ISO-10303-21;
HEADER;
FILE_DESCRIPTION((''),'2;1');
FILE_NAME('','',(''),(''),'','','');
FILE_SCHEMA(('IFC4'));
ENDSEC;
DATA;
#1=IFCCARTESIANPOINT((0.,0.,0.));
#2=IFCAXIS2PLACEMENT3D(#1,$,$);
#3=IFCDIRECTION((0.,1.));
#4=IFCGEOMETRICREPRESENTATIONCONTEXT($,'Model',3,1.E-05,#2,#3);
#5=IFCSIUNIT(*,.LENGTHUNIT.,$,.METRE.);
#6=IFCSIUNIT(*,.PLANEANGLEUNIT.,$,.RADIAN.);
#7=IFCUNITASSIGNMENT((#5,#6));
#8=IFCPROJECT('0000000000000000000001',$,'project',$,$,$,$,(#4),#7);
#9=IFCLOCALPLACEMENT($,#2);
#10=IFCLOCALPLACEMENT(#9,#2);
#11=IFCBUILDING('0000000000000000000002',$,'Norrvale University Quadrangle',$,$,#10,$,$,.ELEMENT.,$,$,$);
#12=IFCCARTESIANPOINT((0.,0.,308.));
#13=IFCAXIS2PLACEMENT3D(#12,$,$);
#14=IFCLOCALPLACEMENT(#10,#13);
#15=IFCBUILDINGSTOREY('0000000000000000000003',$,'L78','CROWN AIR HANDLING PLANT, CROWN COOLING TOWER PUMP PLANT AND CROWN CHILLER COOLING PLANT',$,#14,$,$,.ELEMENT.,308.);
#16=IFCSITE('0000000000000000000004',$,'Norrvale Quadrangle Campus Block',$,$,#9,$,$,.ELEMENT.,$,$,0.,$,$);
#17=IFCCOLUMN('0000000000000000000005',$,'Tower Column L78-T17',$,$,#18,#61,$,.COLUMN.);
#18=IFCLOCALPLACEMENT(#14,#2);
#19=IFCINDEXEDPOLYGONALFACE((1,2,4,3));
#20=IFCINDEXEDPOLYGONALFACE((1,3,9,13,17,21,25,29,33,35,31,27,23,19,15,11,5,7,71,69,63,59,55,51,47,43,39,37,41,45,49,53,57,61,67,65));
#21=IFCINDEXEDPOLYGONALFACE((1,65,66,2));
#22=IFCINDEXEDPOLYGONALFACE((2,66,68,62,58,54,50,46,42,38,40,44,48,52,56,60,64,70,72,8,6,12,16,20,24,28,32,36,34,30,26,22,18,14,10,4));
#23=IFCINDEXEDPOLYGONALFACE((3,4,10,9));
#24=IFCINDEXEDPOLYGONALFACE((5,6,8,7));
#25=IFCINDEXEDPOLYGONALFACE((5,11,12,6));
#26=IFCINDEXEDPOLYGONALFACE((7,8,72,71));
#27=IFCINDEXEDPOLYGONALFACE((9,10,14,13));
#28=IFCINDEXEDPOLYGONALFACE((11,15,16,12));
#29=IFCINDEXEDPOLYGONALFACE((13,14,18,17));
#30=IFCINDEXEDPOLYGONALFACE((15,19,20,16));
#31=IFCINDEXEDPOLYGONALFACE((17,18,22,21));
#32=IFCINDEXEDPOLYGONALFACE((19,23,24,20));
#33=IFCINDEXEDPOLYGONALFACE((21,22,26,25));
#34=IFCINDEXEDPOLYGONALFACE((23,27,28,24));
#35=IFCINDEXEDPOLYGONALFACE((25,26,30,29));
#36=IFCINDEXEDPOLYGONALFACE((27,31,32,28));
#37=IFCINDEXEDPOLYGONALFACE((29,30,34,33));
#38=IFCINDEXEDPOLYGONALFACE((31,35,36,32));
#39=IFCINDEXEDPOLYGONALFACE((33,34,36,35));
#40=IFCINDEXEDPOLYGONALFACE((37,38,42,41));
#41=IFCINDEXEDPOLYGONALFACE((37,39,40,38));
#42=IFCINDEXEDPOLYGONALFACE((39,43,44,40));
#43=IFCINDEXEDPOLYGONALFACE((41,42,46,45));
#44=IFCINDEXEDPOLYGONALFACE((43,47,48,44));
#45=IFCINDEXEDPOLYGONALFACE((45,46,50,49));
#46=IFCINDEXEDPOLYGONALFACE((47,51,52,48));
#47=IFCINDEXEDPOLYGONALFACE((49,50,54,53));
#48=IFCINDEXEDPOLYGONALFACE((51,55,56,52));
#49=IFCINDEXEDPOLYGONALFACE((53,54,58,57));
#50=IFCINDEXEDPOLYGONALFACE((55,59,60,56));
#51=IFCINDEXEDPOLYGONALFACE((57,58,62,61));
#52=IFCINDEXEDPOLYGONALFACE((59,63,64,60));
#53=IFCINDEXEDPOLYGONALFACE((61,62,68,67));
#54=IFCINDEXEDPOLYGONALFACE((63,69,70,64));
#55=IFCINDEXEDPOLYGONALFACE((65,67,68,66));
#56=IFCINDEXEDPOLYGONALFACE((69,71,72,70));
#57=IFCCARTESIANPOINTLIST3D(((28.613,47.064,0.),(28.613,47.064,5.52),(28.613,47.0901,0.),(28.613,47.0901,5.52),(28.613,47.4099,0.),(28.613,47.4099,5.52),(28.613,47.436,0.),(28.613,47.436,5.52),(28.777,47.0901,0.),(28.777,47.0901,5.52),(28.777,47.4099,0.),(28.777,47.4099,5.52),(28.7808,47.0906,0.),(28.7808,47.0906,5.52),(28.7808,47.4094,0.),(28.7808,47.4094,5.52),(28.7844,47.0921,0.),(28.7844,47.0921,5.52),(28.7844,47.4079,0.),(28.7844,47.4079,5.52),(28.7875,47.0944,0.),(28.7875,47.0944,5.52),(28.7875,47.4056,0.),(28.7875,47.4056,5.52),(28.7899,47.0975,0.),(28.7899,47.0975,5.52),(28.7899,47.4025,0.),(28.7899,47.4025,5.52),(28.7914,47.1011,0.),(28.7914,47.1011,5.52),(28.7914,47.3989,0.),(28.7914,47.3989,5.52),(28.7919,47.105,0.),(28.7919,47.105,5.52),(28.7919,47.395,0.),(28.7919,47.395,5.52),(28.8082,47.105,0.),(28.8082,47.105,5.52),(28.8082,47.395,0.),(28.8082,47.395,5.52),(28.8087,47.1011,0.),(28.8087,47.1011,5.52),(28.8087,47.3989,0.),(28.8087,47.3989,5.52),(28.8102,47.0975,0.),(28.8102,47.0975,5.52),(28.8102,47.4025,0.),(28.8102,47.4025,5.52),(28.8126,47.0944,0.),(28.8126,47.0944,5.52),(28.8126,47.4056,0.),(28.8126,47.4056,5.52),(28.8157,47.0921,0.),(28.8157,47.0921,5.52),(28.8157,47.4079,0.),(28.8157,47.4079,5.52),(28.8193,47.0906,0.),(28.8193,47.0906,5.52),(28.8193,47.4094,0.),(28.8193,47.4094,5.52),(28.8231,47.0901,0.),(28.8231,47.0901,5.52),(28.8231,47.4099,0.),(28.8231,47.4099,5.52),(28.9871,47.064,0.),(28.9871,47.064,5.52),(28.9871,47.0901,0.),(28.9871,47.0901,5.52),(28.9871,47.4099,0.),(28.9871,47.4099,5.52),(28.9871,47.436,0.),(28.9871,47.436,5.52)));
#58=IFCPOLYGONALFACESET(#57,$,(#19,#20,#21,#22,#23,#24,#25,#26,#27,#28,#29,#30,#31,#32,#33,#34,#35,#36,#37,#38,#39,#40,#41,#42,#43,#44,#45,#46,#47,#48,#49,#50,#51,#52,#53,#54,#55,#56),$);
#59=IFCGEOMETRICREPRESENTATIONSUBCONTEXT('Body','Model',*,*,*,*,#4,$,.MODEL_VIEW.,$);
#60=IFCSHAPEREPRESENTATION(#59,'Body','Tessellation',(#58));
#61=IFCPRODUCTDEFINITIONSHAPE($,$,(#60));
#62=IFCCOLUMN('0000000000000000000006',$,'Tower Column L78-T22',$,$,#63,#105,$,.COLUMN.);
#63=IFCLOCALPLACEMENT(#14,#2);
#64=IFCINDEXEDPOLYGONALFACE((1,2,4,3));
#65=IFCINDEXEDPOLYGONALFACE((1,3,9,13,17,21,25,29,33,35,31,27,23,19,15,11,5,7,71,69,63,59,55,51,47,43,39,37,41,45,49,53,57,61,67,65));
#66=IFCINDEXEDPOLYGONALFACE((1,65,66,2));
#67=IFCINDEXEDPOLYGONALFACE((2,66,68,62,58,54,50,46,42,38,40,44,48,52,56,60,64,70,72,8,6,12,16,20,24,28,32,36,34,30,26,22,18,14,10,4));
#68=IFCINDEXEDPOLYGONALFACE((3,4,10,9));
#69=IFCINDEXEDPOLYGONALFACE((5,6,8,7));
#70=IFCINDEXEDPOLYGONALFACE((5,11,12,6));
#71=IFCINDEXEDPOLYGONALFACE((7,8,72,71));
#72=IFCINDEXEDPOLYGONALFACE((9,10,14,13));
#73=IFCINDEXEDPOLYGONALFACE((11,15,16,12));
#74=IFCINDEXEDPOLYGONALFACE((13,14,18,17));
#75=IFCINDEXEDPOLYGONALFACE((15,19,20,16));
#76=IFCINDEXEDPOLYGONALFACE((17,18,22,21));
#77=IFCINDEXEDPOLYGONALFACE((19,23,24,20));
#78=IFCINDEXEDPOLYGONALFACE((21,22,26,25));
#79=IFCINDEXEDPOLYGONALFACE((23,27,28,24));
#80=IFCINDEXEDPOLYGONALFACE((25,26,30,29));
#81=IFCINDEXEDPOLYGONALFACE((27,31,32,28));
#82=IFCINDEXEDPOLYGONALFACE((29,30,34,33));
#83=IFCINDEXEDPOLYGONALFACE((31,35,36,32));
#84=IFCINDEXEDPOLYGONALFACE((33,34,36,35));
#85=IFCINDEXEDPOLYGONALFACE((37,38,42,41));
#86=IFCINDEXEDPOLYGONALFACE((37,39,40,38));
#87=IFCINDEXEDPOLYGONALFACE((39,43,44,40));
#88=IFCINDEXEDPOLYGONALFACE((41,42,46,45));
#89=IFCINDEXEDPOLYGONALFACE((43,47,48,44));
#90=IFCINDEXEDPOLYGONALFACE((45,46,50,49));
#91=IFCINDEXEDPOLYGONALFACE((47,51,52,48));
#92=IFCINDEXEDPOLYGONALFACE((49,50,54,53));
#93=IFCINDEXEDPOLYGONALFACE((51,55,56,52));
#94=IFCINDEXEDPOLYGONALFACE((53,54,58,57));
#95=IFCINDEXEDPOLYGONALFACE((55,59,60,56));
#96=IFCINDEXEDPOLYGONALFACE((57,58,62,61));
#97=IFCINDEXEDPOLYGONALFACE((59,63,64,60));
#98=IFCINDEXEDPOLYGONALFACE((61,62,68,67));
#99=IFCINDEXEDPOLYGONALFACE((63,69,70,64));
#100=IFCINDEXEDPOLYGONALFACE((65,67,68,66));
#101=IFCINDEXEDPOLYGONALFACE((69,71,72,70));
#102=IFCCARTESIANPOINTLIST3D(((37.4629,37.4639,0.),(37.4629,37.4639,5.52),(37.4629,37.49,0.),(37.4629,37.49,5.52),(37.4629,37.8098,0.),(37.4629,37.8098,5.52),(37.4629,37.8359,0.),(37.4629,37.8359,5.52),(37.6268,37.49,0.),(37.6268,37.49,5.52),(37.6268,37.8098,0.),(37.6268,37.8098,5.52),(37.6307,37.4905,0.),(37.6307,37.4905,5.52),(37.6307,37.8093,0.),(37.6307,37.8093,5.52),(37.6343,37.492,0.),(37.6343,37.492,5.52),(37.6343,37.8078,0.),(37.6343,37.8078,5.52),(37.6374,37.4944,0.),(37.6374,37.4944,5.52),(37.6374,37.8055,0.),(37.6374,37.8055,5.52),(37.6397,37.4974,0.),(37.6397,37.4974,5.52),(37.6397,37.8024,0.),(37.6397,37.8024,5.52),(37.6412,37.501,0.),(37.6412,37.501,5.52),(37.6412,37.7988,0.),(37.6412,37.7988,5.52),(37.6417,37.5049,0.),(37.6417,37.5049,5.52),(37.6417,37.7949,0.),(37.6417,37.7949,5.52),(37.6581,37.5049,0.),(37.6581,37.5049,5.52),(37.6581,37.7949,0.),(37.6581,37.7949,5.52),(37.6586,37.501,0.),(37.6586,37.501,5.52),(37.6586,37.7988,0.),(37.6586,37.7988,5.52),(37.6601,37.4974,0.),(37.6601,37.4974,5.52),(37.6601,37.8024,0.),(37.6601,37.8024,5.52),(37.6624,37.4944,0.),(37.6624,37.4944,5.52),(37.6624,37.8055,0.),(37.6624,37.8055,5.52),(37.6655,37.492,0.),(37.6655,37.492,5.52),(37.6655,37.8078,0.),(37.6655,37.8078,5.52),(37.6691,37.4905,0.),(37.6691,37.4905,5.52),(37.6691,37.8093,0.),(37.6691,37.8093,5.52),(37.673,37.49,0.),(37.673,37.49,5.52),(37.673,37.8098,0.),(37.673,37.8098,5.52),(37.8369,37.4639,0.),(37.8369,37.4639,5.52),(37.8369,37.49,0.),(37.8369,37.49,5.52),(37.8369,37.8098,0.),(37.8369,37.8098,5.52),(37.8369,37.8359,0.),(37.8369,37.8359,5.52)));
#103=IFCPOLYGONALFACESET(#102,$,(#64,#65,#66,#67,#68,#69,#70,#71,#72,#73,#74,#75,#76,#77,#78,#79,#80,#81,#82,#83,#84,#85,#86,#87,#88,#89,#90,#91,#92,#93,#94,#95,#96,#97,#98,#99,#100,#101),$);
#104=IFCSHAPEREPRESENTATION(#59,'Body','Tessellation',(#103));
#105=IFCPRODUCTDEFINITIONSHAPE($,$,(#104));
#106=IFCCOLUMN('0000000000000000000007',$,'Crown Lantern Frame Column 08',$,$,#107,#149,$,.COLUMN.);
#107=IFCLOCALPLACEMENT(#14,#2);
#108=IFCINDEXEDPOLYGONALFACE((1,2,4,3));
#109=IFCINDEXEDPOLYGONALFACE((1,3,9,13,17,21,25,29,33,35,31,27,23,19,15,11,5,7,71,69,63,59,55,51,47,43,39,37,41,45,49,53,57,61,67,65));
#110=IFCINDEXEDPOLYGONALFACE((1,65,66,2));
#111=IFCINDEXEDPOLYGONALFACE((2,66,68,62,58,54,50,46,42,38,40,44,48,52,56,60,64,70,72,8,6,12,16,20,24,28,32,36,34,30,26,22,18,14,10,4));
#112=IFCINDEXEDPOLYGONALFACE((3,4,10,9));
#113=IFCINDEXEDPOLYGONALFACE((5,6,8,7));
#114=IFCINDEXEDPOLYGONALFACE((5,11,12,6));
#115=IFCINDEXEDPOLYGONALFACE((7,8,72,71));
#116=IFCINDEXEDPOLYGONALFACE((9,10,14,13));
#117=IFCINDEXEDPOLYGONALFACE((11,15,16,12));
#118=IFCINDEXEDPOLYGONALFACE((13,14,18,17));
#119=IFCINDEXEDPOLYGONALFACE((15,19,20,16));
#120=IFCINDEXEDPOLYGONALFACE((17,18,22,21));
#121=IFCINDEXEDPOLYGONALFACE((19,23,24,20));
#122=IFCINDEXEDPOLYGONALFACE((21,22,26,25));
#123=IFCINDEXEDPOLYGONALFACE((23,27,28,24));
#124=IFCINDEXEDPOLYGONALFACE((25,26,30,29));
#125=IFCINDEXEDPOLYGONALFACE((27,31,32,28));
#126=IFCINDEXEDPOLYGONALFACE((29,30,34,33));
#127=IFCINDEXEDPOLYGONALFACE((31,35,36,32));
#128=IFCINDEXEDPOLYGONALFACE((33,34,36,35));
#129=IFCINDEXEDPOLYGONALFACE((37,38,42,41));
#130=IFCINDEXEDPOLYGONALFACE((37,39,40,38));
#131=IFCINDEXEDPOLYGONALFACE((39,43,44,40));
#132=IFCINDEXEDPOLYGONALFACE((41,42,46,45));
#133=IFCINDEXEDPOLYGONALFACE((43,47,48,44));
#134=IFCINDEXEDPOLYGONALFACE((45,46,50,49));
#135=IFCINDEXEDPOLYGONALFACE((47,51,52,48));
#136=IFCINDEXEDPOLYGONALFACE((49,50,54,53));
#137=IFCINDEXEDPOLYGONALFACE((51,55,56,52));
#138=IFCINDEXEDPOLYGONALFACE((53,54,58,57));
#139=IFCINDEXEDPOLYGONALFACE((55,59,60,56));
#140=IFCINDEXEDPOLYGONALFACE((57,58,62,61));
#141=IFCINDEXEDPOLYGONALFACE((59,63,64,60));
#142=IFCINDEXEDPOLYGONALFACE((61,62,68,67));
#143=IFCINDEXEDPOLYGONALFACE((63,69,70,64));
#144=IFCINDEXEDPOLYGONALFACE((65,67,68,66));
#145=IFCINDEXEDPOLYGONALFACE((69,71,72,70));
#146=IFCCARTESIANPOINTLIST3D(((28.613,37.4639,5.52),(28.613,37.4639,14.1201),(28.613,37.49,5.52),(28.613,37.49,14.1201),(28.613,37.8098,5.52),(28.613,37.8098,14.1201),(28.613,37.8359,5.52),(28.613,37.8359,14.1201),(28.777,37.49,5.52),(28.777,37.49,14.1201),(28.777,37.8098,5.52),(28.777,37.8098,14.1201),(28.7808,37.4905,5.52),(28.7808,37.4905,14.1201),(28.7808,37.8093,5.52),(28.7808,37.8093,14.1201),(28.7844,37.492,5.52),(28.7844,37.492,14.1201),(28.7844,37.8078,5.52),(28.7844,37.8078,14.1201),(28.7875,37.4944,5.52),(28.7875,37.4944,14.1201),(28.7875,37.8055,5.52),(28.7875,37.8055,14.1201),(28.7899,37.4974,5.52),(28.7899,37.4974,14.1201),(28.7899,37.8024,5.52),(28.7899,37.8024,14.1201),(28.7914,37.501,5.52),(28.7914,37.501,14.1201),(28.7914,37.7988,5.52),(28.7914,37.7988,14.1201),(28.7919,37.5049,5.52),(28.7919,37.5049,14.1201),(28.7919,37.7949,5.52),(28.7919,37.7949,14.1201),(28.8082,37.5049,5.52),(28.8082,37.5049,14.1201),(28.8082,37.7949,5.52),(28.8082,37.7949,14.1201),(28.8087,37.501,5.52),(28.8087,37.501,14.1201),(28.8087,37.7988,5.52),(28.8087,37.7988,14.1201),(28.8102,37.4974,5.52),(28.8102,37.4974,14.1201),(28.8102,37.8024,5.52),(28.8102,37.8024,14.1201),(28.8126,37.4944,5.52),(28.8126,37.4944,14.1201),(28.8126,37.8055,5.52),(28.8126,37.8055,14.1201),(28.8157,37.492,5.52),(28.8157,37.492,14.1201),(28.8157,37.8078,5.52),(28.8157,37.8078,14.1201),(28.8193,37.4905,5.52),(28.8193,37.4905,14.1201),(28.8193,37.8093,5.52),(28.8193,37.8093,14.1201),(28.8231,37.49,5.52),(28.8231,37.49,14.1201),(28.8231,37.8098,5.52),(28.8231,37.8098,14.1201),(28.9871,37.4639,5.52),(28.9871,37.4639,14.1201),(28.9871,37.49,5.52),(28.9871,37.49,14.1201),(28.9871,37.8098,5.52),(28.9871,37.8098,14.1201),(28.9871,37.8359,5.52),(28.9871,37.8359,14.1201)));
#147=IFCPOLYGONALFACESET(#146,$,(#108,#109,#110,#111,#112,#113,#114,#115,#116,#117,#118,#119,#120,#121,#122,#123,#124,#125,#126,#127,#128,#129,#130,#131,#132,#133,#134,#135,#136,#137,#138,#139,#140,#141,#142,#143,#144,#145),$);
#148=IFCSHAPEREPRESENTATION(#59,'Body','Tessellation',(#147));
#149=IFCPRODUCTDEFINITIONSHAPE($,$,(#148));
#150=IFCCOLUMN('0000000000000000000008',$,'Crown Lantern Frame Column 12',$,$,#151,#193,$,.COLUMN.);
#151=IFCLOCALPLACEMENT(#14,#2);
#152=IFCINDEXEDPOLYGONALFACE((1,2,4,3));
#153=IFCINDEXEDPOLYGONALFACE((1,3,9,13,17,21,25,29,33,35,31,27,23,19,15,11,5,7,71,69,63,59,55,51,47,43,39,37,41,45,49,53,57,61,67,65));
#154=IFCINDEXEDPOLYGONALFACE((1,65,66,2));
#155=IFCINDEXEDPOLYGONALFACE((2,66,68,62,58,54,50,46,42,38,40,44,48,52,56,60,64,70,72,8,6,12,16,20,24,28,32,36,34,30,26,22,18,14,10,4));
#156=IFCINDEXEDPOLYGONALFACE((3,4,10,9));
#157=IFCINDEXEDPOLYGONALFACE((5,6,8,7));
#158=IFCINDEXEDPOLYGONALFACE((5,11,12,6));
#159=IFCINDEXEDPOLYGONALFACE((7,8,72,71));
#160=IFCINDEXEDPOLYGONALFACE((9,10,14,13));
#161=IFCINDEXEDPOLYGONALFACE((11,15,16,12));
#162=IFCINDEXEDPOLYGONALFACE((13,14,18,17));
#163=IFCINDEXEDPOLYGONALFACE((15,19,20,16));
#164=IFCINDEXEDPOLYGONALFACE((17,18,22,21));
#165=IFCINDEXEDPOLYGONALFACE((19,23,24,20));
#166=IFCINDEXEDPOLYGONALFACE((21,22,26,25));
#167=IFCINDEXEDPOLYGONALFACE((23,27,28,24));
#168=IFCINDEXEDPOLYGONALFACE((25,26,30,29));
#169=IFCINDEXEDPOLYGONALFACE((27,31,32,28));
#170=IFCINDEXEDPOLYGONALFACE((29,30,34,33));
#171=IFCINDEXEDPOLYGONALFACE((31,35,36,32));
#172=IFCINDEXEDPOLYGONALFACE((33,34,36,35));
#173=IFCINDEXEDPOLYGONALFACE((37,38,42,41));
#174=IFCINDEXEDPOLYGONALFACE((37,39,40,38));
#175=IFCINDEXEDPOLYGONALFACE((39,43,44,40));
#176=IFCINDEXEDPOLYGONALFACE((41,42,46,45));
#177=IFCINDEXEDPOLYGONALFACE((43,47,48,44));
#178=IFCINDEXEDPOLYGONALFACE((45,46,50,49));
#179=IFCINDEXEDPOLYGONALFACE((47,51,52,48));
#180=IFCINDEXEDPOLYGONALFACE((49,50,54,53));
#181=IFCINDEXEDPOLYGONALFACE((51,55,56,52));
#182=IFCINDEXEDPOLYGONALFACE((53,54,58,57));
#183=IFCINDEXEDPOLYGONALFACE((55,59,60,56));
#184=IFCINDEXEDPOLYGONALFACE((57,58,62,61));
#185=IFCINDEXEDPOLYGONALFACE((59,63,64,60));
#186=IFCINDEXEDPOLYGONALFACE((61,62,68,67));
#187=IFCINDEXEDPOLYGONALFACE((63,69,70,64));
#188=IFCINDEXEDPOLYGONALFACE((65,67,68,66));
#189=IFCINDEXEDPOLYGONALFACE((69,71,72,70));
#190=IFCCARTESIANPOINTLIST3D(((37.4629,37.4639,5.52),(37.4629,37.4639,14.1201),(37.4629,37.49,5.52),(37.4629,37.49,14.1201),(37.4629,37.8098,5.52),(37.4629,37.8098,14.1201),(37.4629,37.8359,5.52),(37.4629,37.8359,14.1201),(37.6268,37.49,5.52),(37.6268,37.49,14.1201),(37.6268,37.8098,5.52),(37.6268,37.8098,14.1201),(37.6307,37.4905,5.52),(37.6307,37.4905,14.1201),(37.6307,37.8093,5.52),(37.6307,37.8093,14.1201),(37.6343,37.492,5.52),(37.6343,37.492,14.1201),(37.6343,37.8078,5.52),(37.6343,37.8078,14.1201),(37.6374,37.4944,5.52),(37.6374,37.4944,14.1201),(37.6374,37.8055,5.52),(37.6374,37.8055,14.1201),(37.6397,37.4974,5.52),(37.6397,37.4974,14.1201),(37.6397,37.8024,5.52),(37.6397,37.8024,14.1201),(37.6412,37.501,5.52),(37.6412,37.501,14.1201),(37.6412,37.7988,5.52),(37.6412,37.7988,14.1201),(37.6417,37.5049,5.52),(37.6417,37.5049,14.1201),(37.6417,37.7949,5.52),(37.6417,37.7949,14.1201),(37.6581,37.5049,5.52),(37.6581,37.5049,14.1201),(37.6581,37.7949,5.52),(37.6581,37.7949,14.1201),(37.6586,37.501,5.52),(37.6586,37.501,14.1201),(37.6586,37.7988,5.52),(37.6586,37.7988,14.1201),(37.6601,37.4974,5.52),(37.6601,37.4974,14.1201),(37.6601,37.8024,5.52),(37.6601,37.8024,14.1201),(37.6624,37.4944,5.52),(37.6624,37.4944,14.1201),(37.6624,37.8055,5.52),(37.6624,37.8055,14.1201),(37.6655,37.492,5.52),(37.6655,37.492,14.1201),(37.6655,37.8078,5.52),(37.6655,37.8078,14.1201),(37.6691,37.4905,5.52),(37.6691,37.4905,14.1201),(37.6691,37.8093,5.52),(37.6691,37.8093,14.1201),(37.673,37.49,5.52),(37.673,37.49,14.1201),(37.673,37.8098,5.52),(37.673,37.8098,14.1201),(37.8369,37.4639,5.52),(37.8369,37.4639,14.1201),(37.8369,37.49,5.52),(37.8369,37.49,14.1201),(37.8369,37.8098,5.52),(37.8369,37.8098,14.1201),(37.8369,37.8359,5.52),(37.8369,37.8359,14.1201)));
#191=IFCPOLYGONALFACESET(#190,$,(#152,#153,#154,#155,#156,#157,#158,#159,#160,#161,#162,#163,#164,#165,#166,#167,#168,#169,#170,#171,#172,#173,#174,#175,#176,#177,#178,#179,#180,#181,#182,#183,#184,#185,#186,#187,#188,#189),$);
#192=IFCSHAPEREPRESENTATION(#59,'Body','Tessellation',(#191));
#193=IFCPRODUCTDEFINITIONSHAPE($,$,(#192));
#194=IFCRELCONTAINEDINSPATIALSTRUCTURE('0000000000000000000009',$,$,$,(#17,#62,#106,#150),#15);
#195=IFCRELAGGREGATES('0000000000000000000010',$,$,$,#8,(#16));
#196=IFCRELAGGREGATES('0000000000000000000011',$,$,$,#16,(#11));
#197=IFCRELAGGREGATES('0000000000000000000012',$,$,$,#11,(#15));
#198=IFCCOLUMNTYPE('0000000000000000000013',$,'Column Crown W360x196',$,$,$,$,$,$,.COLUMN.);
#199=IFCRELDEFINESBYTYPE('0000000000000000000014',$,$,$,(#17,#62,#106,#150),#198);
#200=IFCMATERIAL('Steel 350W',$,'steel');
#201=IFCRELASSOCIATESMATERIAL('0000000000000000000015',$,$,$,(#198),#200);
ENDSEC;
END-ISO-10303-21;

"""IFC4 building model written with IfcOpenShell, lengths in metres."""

from ifc_helpers import new_model, si_unit, direction, frame, origin, origin_2d, place, context, subcontext, project, spatial, i_section, extrude, material, material_profile, profile_set, type_object, element, save


model = new_model("IFC4")

# Units and contexts
model_context = context("Model", 3, precision=1e-05, world=origin(), true_north=direction((0.0, 1.0)))
body_context = subcontext(model_context, "Body", "Model", "MODEL_VIEW")
ifc_project = project(units=[si_unit("LENGTHUNIT", "METRE"), si_unit("PLANEANGLEUNIT", "RADIAN")], contexts=[model_context])

# Site, building, storey
site_placement = place(None, origin())
site = spatial("IfcSite", under=ifc_project, at=site_placement, Name="Norrvale Quadrangle Campus Block", CompositionType="ELEMENT", RefElevation=0.0)
building_placement = place(site_placement, origin())
building = spatial("IfcBuilding", under=site, at=building_placement, Name="Norrvale University Quadrangle", CompositionType="ELEMENT")
storey_placement = place(building_placement, frame((0.0, 0.0, 308.0)))
storey = spatial("IfcBuildingStorey", under=building, at=storey_placement, Name="L78", Description="CROWN AIR HANDLING PLANT, CROWN COOLING TOWER PUMP PLANT AND CROWN CHILLER COOLING PLANT", CompositionType="ELEMENT", Elevation=308.0)

# Columns
ifc_material_1 = material(Name="Steel 350W", Category="steel")
ifc_material_profile_1 = material_profile(ifc_material_1, i_section(OverallWidth=0.374, OverallDepth=0.3721, WebThickness=0.0164, FlangeThickness=0.0261, FilletRadius=0.0149, at=origin_2d()), Name="Steel 350W")
ifc_profile_set_1 = profile_set([ifc_material_profile_1], Name="Steel 350W")
column_type = type_object("IfcColumnType", Name="Column Crown W360x196", PredefinedType="COLUMN", material=ifc_profile_set_1)
for number, where, z_axis, x_axis, name in (
    (1, (28.8, 47.25, 0.0), (0.0, 0.0, 1.0), (1.0, 0.0, 0.0), "Tower Column L78-T17"),
    (2, (37.6499, 37.6499, 0.0), (0.0, 0.0, 1.0), (1.0, 0.0, 0.0), "Tower Column L78-T22"),
):
    element("IfcColumn", number, at=place(storey_placement, frame(where, z_axis=z_axis, x_axis=x_axis)), inside=storey, type_object=column_type, Name=name, PredefinedType="COLUMN", context=body_context, shape_type="SweptSolid", body=[
        extrude(i_section(OverallWidth=0.374, OverallDepth=0.3721, WebThickness=0.0164, FlangeThickness=0.0261, FilletRadius=0.0149, at=origin_2d()), origin(), (0.0, 0.0, 1.0), 5.52),
    ])
for number, where, z_axis, x_axis, name in (
    (3, (28.8, 37.6499, 5.52), (0.0, 0.0, 1.0), (1.0, 0.0, 0.0), "Crown Lantern Frame Column 08"),
    (4, (37.6499, 37.6499, 5.52), (0.0, 0.0, 1.0), (1.0, 0.0, 0.0), "Crown Lantern Frame Column 12"),
):
    element("IfcColumn", number, at=place(storey_placement, frame(where, z_axis=z_axis, x_axis=x_axis)), inside=storey, type_object=column_type, Name=name, PredefinedType="COLUMN", context=body_context, shape_type="SweptSolid", body=[
        extrude(i_section(OverallWidth=0.374, OverallDepth=0.3721, WebThickness=0.0164, FlangeThickness=0.0261, FilletRadius=0.0149, at=origin_2d()), origin(), (0.0, 0.0, 1.0), 8.6001),
    ])

save(model, "model.ifc")
